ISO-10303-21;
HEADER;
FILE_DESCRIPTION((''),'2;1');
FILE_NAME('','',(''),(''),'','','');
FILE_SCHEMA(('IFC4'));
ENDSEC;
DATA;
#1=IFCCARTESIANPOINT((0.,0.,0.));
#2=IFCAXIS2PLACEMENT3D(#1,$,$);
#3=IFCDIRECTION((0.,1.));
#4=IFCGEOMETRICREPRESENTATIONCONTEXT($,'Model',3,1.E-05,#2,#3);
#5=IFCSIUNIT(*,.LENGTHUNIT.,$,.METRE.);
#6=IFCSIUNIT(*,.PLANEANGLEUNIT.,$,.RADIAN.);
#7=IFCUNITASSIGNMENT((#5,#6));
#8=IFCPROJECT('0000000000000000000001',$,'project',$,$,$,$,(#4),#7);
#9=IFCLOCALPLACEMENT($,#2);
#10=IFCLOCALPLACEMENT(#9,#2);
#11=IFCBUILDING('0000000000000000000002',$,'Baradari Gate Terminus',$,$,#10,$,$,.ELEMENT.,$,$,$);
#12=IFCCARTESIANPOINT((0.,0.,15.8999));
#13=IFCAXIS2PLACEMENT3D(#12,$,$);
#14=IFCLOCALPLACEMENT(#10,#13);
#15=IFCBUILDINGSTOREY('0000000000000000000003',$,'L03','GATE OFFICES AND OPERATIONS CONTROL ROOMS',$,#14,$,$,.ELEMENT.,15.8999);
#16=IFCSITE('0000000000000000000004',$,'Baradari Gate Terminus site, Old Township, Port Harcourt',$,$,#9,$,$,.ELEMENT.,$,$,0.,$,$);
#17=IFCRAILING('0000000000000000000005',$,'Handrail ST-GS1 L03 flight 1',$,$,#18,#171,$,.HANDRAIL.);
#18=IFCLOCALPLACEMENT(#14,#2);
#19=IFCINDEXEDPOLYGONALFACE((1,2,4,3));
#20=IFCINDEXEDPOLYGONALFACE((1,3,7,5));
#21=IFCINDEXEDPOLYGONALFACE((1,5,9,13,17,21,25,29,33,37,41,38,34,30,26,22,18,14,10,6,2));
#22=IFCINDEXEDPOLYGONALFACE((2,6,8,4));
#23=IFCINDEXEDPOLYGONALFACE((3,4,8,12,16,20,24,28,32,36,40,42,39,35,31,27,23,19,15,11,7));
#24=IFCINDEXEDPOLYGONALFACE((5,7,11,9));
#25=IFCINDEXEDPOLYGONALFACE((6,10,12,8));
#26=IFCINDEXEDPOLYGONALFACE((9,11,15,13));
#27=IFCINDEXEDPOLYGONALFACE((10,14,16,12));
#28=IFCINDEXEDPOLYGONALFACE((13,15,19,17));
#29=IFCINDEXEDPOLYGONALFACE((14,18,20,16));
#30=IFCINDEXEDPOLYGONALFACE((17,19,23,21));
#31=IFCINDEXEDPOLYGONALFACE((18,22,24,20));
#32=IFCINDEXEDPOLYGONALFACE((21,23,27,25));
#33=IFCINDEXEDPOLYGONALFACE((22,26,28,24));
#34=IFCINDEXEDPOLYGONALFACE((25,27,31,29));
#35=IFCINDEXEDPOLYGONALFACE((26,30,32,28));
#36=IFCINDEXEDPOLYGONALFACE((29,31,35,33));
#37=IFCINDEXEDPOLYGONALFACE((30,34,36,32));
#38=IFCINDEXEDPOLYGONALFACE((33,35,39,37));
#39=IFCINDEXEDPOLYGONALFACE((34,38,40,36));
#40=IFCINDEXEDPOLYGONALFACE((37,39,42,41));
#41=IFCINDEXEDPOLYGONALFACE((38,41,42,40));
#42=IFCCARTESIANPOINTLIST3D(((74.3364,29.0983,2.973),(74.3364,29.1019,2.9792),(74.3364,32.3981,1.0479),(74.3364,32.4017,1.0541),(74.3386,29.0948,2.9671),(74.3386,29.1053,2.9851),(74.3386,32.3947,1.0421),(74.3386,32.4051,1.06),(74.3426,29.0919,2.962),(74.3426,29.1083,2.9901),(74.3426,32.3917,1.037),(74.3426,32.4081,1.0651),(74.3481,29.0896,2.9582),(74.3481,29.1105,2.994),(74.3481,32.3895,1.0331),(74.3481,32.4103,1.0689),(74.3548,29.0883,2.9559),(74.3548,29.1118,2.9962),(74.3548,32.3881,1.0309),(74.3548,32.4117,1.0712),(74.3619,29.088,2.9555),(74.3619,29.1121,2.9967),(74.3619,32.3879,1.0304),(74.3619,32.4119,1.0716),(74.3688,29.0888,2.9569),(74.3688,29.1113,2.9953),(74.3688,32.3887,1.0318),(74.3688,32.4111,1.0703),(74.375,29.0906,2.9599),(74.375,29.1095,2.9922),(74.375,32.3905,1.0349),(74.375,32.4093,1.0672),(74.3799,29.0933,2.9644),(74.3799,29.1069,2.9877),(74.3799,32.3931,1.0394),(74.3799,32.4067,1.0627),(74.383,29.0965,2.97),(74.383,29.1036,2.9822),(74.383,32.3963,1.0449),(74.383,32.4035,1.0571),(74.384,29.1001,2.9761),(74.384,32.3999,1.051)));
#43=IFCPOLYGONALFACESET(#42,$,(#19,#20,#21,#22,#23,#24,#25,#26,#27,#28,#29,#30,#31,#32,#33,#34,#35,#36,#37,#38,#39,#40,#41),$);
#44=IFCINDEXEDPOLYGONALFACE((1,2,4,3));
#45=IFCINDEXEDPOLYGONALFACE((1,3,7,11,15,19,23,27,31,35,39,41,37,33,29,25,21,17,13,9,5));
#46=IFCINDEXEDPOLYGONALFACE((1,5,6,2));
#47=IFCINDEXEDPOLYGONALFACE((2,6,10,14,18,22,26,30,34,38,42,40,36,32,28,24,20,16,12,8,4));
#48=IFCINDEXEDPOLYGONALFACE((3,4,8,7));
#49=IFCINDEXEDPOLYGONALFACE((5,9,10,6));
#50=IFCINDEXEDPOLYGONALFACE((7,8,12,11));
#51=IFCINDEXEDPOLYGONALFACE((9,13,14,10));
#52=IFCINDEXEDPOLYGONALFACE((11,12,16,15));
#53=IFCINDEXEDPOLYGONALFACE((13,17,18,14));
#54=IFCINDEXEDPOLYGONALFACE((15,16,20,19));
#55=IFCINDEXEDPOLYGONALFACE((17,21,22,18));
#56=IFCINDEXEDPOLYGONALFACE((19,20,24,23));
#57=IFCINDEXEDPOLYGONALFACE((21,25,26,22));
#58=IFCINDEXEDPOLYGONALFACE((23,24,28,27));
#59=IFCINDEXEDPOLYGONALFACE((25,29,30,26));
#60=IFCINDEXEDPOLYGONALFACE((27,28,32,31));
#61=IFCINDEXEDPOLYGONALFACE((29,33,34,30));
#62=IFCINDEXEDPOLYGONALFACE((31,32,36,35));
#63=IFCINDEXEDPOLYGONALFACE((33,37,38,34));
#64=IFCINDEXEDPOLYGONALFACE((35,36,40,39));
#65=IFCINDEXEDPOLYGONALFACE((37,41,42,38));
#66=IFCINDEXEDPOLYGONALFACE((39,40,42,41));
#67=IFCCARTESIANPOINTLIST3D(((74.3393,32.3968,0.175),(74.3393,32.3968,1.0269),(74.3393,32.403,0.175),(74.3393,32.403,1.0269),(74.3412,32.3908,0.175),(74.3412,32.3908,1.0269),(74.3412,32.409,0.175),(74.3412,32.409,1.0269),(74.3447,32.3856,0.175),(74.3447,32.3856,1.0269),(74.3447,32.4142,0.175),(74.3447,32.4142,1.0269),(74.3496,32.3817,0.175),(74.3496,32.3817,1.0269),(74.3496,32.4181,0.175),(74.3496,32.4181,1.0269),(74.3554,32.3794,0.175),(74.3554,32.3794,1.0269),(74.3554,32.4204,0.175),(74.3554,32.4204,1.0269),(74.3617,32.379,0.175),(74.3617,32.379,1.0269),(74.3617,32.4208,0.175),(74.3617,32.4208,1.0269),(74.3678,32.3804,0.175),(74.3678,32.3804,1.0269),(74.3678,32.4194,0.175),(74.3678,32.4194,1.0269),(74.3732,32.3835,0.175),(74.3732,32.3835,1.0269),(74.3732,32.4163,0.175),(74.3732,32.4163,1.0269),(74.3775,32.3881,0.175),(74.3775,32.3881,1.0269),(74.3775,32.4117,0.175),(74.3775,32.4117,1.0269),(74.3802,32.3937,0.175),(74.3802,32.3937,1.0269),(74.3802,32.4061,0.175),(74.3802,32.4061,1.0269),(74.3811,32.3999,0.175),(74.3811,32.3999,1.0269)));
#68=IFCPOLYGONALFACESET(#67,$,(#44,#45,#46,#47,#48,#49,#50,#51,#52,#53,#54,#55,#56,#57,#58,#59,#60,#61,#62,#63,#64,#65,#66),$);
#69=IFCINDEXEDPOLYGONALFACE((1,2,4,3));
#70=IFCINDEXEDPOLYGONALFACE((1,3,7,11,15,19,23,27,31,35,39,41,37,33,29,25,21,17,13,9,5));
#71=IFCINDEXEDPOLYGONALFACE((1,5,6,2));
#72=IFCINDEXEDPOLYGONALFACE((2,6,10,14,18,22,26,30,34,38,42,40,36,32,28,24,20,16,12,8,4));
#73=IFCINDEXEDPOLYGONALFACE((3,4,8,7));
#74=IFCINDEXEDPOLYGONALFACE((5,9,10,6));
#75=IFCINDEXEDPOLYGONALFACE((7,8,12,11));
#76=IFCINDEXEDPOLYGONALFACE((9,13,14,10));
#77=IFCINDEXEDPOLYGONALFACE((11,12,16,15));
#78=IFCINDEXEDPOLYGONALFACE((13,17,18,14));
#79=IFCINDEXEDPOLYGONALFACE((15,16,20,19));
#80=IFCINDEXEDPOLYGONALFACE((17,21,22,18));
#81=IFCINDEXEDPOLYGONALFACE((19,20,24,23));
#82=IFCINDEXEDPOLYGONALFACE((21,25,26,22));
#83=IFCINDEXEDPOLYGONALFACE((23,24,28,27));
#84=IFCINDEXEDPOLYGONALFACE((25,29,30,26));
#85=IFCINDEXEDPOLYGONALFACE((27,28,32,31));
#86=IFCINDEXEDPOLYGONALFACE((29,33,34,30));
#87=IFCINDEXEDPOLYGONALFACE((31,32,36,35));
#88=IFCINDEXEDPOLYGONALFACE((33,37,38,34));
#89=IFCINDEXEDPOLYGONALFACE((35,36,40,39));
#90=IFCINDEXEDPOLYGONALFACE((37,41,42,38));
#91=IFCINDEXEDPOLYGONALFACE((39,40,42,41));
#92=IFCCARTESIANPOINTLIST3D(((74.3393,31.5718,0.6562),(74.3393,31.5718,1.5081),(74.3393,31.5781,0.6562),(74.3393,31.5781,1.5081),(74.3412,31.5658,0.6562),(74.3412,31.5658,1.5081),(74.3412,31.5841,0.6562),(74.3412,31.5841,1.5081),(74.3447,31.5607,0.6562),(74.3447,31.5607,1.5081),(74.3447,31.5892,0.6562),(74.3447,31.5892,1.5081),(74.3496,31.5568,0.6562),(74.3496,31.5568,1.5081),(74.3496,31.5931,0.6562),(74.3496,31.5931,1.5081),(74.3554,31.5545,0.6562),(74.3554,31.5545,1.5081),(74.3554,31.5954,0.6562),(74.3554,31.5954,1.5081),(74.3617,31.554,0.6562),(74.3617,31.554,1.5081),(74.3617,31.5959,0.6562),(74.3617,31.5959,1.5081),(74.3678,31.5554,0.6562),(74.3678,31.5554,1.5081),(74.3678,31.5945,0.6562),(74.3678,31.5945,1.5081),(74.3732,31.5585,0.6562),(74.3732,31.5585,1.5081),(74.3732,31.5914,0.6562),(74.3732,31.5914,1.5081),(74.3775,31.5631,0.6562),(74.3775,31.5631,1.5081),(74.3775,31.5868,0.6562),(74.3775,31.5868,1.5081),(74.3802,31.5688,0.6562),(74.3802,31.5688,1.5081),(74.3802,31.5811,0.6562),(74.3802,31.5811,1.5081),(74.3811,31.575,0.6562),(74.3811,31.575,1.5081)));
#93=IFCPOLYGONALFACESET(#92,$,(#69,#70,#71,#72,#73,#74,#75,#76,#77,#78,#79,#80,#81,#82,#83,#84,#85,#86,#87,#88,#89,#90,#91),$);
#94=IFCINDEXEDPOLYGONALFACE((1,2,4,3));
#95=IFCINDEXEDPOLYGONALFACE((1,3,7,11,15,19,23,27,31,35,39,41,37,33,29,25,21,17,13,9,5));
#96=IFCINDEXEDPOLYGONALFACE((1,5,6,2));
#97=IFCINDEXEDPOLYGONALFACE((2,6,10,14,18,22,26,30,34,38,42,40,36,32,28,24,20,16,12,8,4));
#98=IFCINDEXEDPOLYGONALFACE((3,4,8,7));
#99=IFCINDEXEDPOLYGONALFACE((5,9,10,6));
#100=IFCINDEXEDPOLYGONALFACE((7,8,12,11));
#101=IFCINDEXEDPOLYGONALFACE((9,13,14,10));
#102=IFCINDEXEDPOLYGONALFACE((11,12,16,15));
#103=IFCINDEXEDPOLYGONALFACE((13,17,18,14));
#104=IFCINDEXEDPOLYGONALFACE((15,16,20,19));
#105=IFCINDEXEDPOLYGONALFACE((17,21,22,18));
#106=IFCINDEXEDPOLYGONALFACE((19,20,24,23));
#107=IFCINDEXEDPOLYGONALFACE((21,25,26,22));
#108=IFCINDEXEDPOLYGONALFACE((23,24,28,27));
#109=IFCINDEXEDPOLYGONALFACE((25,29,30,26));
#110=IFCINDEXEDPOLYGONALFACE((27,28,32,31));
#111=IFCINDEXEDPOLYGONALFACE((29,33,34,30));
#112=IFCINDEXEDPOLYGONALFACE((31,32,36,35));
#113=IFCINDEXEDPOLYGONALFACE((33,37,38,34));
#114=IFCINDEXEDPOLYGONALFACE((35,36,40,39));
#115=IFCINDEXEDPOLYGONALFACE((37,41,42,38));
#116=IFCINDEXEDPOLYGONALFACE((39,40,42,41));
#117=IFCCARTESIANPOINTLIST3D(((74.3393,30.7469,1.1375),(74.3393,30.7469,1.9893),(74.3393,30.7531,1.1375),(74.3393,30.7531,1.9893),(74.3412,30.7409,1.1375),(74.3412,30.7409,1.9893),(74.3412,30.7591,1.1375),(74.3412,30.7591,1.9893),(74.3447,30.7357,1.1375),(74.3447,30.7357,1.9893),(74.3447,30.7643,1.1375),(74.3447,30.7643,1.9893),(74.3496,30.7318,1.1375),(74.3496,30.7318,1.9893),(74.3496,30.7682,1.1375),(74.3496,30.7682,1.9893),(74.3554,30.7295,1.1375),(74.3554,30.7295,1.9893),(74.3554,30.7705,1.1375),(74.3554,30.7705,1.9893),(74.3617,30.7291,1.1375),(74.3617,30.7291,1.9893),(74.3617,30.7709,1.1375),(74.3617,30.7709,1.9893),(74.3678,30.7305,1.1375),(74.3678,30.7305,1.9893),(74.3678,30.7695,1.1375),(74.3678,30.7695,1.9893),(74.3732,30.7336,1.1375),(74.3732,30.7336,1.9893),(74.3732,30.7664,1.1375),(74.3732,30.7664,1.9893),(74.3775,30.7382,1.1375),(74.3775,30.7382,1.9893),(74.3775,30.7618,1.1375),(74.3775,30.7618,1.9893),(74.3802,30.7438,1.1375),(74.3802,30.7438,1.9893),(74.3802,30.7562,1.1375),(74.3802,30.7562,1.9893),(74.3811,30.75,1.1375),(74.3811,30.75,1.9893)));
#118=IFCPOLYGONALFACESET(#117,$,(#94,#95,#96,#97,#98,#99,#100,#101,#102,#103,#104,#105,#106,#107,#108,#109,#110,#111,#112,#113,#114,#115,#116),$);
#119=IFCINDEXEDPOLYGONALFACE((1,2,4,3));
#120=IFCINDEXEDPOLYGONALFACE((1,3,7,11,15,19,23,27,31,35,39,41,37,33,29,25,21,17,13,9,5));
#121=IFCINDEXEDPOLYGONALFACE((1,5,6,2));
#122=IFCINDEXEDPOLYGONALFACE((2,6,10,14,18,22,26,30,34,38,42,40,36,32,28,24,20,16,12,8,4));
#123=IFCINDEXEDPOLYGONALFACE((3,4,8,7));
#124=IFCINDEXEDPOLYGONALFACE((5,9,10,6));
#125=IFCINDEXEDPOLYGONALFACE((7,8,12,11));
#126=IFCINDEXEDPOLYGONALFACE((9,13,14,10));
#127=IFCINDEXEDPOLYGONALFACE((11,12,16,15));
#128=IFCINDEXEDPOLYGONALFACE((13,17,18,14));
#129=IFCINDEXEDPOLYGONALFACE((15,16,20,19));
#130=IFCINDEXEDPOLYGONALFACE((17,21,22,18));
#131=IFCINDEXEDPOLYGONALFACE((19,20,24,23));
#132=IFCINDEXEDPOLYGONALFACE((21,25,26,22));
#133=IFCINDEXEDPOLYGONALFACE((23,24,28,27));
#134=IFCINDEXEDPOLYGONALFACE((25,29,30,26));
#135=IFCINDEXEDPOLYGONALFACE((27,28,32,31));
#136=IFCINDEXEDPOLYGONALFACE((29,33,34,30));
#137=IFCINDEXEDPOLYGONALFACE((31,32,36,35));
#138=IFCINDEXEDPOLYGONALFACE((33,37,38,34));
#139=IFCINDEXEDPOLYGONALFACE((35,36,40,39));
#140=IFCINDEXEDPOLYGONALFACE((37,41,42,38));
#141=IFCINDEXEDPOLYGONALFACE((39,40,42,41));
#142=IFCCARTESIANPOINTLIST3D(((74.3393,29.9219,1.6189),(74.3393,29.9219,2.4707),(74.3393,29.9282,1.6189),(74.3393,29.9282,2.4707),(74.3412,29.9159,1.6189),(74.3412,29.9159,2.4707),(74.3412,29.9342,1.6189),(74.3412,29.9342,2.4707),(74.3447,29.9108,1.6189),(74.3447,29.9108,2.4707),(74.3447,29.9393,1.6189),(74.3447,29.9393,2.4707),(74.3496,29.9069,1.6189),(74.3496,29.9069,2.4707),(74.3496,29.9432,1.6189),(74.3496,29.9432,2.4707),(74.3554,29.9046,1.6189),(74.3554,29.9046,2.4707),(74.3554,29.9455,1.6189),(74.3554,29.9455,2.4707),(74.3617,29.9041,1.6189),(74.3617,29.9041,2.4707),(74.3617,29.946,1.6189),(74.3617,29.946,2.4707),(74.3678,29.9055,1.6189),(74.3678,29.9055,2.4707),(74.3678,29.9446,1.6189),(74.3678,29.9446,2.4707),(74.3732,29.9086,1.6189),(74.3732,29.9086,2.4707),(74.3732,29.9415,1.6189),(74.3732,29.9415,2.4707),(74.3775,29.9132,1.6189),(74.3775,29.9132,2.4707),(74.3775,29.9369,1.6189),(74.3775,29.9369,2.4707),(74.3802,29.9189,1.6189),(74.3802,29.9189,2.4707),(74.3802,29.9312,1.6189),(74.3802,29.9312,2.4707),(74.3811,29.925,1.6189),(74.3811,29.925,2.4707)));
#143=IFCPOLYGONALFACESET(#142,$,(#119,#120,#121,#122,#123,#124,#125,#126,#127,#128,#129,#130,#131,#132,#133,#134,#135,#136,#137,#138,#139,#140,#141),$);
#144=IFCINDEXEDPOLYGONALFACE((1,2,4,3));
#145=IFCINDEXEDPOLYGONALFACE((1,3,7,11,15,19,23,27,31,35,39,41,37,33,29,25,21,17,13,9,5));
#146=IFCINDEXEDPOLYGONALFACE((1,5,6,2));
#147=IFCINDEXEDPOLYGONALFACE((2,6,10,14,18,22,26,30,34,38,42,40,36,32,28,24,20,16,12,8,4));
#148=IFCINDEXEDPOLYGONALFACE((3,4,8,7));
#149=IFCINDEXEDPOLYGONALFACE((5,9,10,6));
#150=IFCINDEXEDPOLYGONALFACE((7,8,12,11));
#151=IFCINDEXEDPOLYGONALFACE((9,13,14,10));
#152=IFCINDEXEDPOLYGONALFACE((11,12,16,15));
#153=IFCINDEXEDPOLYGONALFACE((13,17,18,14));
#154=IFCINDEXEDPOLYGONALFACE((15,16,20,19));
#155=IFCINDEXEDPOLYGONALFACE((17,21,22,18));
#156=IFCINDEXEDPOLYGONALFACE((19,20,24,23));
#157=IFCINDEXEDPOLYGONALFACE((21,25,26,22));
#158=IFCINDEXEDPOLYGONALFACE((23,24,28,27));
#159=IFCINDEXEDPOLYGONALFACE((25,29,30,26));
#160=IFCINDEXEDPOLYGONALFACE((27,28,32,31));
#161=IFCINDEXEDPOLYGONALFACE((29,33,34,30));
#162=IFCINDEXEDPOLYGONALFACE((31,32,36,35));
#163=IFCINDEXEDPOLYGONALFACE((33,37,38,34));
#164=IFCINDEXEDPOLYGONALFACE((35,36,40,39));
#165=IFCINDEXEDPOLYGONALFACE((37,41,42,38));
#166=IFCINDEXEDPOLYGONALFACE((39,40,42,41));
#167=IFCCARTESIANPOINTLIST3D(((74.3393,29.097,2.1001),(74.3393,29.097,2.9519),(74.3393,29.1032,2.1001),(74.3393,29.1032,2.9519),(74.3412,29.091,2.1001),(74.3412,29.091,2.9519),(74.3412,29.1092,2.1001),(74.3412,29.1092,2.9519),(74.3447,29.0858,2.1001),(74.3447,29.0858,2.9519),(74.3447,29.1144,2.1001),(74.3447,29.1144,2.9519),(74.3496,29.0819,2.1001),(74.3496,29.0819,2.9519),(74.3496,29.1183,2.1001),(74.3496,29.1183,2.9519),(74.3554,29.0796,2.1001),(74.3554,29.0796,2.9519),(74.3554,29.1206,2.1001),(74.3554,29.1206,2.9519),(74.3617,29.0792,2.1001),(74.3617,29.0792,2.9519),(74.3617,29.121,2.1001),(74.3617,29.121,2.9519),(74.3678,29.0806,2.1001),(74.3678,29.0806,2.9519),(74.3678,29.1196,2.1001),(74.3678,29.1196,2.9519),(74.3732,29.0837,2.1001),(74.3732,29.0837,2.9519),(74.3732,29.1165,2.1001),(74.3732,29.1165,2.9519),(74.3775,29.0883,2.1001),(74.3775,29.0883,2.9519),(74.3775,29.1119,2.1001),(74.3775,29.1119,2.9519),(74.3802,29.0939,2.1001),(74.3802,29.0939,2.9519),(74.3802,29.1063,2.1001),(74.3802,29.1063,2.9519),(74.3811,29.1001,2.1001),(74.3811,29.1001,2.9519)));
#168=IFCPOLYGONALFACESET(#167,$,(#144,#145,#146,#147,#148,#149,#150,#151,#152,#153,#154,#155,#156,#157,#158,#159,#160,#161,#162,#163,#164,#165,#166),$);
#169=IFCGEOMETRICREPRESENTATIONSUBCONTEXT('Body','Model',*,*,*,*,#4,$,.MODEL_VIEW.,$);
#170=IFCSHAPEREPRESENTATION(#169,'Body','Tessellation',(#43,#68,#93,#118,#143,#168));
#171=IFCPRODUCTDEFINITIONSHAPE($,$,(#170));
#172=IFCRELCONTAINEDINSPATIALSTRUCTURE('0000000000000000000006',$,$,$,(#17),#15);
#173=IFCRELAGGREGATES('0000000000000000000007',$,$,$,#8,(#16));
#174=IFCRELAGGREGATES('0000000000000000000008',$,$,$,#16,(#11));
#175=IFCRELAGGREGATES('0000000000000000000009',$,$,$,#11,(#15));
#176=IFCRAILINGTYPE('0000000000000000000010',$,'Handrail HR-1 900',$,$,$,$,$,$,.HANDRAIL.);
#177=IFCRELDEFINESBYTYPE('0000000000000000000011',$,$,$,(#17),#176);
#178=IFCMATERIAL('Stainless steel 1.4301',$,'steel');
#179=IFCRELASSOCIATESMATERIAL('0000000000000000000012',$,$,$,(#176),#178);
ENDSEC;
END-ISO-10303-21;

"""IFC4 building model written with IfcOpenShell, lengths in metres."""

from ifc_helpers import new_model, si_unit, direction, frame, origin, origin_2d, place, context, subcontext, project, spatial, circle, extrude, material, type_object, element, save


model = new_model("IFC4")

# Units and contexts
model_context = context("Model", 3, precision=1e-05, world=origin(), true_north=direction((0.0, 1.0)))
body_context = subcontext(model_context, "Body", "Model", "MODEL_VIEW")
ifc_project = project(units=[si_unit("LENGTHUNIT", "METRE"), si_unit("PLANEANGLEUNIT", "RADIAN")], contexts=[model_context])

# Site, building, storey
site_placement = place(None, origin())
site = spatial("IfcSite", under=ifc_project, at=site_placement, Name="Baradari Gate Terminus site, Old Township, Port Harcourt", CompositionType="ELEMENT", RefElevation=0.0)
building_placement = place(site_placement, origin())
building = spatial("IfcBuilding", under=site, at=building_placement, Name="Baradari Gate Terminus", CompositionType="ELEMENT")
storey_placement = place(building_placement, frame((0.0, 0.0, 15.8999)))
storey = spatial("IfcBuildingStorey", under=building, at=storey_placement, Name="L03", Description="GATE OFFICES AND OPERATIONS CONTROL ROOMS", CompositionType="ELEMENT", Elevation=15.8999)

# Railing
ifc_material_1 = material(Name="Stainless steel 1.4301", Category="steel")
railing_type = type_object("IfcRailingType", Name="Handrail HR-1 900", PredefinedType="HANDRAIL", material=ifc_material_1)
for number, where, name in (
    (1, (74.3601, 32.3999, 0.175), "Handrail ST-GS1 L03 flight 1"),
):
    element("IfcRailing", number, at=place(storey_placement, frame(where)), inside=storey, type_object=railing_type, Name=name, PredefinedType="HANDRAIL", context=body_context, shape_type="SweptSolid", body=[
        extrude(circle(Radius=0.0239, at=origin_2d()), frame((0.0, 0.0, 0.876), z_axis=(0.0, -0.86376, 0.503903), x_axis=(1.0, 0.0, 0.0)), (0.0, 0.0, 1.0), 3.8203),
        extrude(circle(Radius=0.021, at=origin_2d()), origin(), (0.0, 0.0, 1.0), 0.8518),
        extrude(circle(Radius=0.021, at=origin_2d()), frame((0.0, -0.825, 0.4812)), (0.0, 0.0, 1.0), 0.8518),
        extrude(circle(Radius=0.021, at=origin_2d()), frame((0.0, -1.6499, 0.9624)), (0.0, 0.0, 1.0), 0.8518),
        extrude(circle(Radius=0.021, at=origin_2d()), frame((0.0, -2.4749, 1.4438)), (0.0, 0.0, 1.0), 0.8518),
        extrude(circle(Radius=0.021, at=origin_2d()), frame((0.0, -3.2998, 1.925)), (0.0, 0.0, 1.0), 0.8518),
    ])

save(model, "model.ifc")
